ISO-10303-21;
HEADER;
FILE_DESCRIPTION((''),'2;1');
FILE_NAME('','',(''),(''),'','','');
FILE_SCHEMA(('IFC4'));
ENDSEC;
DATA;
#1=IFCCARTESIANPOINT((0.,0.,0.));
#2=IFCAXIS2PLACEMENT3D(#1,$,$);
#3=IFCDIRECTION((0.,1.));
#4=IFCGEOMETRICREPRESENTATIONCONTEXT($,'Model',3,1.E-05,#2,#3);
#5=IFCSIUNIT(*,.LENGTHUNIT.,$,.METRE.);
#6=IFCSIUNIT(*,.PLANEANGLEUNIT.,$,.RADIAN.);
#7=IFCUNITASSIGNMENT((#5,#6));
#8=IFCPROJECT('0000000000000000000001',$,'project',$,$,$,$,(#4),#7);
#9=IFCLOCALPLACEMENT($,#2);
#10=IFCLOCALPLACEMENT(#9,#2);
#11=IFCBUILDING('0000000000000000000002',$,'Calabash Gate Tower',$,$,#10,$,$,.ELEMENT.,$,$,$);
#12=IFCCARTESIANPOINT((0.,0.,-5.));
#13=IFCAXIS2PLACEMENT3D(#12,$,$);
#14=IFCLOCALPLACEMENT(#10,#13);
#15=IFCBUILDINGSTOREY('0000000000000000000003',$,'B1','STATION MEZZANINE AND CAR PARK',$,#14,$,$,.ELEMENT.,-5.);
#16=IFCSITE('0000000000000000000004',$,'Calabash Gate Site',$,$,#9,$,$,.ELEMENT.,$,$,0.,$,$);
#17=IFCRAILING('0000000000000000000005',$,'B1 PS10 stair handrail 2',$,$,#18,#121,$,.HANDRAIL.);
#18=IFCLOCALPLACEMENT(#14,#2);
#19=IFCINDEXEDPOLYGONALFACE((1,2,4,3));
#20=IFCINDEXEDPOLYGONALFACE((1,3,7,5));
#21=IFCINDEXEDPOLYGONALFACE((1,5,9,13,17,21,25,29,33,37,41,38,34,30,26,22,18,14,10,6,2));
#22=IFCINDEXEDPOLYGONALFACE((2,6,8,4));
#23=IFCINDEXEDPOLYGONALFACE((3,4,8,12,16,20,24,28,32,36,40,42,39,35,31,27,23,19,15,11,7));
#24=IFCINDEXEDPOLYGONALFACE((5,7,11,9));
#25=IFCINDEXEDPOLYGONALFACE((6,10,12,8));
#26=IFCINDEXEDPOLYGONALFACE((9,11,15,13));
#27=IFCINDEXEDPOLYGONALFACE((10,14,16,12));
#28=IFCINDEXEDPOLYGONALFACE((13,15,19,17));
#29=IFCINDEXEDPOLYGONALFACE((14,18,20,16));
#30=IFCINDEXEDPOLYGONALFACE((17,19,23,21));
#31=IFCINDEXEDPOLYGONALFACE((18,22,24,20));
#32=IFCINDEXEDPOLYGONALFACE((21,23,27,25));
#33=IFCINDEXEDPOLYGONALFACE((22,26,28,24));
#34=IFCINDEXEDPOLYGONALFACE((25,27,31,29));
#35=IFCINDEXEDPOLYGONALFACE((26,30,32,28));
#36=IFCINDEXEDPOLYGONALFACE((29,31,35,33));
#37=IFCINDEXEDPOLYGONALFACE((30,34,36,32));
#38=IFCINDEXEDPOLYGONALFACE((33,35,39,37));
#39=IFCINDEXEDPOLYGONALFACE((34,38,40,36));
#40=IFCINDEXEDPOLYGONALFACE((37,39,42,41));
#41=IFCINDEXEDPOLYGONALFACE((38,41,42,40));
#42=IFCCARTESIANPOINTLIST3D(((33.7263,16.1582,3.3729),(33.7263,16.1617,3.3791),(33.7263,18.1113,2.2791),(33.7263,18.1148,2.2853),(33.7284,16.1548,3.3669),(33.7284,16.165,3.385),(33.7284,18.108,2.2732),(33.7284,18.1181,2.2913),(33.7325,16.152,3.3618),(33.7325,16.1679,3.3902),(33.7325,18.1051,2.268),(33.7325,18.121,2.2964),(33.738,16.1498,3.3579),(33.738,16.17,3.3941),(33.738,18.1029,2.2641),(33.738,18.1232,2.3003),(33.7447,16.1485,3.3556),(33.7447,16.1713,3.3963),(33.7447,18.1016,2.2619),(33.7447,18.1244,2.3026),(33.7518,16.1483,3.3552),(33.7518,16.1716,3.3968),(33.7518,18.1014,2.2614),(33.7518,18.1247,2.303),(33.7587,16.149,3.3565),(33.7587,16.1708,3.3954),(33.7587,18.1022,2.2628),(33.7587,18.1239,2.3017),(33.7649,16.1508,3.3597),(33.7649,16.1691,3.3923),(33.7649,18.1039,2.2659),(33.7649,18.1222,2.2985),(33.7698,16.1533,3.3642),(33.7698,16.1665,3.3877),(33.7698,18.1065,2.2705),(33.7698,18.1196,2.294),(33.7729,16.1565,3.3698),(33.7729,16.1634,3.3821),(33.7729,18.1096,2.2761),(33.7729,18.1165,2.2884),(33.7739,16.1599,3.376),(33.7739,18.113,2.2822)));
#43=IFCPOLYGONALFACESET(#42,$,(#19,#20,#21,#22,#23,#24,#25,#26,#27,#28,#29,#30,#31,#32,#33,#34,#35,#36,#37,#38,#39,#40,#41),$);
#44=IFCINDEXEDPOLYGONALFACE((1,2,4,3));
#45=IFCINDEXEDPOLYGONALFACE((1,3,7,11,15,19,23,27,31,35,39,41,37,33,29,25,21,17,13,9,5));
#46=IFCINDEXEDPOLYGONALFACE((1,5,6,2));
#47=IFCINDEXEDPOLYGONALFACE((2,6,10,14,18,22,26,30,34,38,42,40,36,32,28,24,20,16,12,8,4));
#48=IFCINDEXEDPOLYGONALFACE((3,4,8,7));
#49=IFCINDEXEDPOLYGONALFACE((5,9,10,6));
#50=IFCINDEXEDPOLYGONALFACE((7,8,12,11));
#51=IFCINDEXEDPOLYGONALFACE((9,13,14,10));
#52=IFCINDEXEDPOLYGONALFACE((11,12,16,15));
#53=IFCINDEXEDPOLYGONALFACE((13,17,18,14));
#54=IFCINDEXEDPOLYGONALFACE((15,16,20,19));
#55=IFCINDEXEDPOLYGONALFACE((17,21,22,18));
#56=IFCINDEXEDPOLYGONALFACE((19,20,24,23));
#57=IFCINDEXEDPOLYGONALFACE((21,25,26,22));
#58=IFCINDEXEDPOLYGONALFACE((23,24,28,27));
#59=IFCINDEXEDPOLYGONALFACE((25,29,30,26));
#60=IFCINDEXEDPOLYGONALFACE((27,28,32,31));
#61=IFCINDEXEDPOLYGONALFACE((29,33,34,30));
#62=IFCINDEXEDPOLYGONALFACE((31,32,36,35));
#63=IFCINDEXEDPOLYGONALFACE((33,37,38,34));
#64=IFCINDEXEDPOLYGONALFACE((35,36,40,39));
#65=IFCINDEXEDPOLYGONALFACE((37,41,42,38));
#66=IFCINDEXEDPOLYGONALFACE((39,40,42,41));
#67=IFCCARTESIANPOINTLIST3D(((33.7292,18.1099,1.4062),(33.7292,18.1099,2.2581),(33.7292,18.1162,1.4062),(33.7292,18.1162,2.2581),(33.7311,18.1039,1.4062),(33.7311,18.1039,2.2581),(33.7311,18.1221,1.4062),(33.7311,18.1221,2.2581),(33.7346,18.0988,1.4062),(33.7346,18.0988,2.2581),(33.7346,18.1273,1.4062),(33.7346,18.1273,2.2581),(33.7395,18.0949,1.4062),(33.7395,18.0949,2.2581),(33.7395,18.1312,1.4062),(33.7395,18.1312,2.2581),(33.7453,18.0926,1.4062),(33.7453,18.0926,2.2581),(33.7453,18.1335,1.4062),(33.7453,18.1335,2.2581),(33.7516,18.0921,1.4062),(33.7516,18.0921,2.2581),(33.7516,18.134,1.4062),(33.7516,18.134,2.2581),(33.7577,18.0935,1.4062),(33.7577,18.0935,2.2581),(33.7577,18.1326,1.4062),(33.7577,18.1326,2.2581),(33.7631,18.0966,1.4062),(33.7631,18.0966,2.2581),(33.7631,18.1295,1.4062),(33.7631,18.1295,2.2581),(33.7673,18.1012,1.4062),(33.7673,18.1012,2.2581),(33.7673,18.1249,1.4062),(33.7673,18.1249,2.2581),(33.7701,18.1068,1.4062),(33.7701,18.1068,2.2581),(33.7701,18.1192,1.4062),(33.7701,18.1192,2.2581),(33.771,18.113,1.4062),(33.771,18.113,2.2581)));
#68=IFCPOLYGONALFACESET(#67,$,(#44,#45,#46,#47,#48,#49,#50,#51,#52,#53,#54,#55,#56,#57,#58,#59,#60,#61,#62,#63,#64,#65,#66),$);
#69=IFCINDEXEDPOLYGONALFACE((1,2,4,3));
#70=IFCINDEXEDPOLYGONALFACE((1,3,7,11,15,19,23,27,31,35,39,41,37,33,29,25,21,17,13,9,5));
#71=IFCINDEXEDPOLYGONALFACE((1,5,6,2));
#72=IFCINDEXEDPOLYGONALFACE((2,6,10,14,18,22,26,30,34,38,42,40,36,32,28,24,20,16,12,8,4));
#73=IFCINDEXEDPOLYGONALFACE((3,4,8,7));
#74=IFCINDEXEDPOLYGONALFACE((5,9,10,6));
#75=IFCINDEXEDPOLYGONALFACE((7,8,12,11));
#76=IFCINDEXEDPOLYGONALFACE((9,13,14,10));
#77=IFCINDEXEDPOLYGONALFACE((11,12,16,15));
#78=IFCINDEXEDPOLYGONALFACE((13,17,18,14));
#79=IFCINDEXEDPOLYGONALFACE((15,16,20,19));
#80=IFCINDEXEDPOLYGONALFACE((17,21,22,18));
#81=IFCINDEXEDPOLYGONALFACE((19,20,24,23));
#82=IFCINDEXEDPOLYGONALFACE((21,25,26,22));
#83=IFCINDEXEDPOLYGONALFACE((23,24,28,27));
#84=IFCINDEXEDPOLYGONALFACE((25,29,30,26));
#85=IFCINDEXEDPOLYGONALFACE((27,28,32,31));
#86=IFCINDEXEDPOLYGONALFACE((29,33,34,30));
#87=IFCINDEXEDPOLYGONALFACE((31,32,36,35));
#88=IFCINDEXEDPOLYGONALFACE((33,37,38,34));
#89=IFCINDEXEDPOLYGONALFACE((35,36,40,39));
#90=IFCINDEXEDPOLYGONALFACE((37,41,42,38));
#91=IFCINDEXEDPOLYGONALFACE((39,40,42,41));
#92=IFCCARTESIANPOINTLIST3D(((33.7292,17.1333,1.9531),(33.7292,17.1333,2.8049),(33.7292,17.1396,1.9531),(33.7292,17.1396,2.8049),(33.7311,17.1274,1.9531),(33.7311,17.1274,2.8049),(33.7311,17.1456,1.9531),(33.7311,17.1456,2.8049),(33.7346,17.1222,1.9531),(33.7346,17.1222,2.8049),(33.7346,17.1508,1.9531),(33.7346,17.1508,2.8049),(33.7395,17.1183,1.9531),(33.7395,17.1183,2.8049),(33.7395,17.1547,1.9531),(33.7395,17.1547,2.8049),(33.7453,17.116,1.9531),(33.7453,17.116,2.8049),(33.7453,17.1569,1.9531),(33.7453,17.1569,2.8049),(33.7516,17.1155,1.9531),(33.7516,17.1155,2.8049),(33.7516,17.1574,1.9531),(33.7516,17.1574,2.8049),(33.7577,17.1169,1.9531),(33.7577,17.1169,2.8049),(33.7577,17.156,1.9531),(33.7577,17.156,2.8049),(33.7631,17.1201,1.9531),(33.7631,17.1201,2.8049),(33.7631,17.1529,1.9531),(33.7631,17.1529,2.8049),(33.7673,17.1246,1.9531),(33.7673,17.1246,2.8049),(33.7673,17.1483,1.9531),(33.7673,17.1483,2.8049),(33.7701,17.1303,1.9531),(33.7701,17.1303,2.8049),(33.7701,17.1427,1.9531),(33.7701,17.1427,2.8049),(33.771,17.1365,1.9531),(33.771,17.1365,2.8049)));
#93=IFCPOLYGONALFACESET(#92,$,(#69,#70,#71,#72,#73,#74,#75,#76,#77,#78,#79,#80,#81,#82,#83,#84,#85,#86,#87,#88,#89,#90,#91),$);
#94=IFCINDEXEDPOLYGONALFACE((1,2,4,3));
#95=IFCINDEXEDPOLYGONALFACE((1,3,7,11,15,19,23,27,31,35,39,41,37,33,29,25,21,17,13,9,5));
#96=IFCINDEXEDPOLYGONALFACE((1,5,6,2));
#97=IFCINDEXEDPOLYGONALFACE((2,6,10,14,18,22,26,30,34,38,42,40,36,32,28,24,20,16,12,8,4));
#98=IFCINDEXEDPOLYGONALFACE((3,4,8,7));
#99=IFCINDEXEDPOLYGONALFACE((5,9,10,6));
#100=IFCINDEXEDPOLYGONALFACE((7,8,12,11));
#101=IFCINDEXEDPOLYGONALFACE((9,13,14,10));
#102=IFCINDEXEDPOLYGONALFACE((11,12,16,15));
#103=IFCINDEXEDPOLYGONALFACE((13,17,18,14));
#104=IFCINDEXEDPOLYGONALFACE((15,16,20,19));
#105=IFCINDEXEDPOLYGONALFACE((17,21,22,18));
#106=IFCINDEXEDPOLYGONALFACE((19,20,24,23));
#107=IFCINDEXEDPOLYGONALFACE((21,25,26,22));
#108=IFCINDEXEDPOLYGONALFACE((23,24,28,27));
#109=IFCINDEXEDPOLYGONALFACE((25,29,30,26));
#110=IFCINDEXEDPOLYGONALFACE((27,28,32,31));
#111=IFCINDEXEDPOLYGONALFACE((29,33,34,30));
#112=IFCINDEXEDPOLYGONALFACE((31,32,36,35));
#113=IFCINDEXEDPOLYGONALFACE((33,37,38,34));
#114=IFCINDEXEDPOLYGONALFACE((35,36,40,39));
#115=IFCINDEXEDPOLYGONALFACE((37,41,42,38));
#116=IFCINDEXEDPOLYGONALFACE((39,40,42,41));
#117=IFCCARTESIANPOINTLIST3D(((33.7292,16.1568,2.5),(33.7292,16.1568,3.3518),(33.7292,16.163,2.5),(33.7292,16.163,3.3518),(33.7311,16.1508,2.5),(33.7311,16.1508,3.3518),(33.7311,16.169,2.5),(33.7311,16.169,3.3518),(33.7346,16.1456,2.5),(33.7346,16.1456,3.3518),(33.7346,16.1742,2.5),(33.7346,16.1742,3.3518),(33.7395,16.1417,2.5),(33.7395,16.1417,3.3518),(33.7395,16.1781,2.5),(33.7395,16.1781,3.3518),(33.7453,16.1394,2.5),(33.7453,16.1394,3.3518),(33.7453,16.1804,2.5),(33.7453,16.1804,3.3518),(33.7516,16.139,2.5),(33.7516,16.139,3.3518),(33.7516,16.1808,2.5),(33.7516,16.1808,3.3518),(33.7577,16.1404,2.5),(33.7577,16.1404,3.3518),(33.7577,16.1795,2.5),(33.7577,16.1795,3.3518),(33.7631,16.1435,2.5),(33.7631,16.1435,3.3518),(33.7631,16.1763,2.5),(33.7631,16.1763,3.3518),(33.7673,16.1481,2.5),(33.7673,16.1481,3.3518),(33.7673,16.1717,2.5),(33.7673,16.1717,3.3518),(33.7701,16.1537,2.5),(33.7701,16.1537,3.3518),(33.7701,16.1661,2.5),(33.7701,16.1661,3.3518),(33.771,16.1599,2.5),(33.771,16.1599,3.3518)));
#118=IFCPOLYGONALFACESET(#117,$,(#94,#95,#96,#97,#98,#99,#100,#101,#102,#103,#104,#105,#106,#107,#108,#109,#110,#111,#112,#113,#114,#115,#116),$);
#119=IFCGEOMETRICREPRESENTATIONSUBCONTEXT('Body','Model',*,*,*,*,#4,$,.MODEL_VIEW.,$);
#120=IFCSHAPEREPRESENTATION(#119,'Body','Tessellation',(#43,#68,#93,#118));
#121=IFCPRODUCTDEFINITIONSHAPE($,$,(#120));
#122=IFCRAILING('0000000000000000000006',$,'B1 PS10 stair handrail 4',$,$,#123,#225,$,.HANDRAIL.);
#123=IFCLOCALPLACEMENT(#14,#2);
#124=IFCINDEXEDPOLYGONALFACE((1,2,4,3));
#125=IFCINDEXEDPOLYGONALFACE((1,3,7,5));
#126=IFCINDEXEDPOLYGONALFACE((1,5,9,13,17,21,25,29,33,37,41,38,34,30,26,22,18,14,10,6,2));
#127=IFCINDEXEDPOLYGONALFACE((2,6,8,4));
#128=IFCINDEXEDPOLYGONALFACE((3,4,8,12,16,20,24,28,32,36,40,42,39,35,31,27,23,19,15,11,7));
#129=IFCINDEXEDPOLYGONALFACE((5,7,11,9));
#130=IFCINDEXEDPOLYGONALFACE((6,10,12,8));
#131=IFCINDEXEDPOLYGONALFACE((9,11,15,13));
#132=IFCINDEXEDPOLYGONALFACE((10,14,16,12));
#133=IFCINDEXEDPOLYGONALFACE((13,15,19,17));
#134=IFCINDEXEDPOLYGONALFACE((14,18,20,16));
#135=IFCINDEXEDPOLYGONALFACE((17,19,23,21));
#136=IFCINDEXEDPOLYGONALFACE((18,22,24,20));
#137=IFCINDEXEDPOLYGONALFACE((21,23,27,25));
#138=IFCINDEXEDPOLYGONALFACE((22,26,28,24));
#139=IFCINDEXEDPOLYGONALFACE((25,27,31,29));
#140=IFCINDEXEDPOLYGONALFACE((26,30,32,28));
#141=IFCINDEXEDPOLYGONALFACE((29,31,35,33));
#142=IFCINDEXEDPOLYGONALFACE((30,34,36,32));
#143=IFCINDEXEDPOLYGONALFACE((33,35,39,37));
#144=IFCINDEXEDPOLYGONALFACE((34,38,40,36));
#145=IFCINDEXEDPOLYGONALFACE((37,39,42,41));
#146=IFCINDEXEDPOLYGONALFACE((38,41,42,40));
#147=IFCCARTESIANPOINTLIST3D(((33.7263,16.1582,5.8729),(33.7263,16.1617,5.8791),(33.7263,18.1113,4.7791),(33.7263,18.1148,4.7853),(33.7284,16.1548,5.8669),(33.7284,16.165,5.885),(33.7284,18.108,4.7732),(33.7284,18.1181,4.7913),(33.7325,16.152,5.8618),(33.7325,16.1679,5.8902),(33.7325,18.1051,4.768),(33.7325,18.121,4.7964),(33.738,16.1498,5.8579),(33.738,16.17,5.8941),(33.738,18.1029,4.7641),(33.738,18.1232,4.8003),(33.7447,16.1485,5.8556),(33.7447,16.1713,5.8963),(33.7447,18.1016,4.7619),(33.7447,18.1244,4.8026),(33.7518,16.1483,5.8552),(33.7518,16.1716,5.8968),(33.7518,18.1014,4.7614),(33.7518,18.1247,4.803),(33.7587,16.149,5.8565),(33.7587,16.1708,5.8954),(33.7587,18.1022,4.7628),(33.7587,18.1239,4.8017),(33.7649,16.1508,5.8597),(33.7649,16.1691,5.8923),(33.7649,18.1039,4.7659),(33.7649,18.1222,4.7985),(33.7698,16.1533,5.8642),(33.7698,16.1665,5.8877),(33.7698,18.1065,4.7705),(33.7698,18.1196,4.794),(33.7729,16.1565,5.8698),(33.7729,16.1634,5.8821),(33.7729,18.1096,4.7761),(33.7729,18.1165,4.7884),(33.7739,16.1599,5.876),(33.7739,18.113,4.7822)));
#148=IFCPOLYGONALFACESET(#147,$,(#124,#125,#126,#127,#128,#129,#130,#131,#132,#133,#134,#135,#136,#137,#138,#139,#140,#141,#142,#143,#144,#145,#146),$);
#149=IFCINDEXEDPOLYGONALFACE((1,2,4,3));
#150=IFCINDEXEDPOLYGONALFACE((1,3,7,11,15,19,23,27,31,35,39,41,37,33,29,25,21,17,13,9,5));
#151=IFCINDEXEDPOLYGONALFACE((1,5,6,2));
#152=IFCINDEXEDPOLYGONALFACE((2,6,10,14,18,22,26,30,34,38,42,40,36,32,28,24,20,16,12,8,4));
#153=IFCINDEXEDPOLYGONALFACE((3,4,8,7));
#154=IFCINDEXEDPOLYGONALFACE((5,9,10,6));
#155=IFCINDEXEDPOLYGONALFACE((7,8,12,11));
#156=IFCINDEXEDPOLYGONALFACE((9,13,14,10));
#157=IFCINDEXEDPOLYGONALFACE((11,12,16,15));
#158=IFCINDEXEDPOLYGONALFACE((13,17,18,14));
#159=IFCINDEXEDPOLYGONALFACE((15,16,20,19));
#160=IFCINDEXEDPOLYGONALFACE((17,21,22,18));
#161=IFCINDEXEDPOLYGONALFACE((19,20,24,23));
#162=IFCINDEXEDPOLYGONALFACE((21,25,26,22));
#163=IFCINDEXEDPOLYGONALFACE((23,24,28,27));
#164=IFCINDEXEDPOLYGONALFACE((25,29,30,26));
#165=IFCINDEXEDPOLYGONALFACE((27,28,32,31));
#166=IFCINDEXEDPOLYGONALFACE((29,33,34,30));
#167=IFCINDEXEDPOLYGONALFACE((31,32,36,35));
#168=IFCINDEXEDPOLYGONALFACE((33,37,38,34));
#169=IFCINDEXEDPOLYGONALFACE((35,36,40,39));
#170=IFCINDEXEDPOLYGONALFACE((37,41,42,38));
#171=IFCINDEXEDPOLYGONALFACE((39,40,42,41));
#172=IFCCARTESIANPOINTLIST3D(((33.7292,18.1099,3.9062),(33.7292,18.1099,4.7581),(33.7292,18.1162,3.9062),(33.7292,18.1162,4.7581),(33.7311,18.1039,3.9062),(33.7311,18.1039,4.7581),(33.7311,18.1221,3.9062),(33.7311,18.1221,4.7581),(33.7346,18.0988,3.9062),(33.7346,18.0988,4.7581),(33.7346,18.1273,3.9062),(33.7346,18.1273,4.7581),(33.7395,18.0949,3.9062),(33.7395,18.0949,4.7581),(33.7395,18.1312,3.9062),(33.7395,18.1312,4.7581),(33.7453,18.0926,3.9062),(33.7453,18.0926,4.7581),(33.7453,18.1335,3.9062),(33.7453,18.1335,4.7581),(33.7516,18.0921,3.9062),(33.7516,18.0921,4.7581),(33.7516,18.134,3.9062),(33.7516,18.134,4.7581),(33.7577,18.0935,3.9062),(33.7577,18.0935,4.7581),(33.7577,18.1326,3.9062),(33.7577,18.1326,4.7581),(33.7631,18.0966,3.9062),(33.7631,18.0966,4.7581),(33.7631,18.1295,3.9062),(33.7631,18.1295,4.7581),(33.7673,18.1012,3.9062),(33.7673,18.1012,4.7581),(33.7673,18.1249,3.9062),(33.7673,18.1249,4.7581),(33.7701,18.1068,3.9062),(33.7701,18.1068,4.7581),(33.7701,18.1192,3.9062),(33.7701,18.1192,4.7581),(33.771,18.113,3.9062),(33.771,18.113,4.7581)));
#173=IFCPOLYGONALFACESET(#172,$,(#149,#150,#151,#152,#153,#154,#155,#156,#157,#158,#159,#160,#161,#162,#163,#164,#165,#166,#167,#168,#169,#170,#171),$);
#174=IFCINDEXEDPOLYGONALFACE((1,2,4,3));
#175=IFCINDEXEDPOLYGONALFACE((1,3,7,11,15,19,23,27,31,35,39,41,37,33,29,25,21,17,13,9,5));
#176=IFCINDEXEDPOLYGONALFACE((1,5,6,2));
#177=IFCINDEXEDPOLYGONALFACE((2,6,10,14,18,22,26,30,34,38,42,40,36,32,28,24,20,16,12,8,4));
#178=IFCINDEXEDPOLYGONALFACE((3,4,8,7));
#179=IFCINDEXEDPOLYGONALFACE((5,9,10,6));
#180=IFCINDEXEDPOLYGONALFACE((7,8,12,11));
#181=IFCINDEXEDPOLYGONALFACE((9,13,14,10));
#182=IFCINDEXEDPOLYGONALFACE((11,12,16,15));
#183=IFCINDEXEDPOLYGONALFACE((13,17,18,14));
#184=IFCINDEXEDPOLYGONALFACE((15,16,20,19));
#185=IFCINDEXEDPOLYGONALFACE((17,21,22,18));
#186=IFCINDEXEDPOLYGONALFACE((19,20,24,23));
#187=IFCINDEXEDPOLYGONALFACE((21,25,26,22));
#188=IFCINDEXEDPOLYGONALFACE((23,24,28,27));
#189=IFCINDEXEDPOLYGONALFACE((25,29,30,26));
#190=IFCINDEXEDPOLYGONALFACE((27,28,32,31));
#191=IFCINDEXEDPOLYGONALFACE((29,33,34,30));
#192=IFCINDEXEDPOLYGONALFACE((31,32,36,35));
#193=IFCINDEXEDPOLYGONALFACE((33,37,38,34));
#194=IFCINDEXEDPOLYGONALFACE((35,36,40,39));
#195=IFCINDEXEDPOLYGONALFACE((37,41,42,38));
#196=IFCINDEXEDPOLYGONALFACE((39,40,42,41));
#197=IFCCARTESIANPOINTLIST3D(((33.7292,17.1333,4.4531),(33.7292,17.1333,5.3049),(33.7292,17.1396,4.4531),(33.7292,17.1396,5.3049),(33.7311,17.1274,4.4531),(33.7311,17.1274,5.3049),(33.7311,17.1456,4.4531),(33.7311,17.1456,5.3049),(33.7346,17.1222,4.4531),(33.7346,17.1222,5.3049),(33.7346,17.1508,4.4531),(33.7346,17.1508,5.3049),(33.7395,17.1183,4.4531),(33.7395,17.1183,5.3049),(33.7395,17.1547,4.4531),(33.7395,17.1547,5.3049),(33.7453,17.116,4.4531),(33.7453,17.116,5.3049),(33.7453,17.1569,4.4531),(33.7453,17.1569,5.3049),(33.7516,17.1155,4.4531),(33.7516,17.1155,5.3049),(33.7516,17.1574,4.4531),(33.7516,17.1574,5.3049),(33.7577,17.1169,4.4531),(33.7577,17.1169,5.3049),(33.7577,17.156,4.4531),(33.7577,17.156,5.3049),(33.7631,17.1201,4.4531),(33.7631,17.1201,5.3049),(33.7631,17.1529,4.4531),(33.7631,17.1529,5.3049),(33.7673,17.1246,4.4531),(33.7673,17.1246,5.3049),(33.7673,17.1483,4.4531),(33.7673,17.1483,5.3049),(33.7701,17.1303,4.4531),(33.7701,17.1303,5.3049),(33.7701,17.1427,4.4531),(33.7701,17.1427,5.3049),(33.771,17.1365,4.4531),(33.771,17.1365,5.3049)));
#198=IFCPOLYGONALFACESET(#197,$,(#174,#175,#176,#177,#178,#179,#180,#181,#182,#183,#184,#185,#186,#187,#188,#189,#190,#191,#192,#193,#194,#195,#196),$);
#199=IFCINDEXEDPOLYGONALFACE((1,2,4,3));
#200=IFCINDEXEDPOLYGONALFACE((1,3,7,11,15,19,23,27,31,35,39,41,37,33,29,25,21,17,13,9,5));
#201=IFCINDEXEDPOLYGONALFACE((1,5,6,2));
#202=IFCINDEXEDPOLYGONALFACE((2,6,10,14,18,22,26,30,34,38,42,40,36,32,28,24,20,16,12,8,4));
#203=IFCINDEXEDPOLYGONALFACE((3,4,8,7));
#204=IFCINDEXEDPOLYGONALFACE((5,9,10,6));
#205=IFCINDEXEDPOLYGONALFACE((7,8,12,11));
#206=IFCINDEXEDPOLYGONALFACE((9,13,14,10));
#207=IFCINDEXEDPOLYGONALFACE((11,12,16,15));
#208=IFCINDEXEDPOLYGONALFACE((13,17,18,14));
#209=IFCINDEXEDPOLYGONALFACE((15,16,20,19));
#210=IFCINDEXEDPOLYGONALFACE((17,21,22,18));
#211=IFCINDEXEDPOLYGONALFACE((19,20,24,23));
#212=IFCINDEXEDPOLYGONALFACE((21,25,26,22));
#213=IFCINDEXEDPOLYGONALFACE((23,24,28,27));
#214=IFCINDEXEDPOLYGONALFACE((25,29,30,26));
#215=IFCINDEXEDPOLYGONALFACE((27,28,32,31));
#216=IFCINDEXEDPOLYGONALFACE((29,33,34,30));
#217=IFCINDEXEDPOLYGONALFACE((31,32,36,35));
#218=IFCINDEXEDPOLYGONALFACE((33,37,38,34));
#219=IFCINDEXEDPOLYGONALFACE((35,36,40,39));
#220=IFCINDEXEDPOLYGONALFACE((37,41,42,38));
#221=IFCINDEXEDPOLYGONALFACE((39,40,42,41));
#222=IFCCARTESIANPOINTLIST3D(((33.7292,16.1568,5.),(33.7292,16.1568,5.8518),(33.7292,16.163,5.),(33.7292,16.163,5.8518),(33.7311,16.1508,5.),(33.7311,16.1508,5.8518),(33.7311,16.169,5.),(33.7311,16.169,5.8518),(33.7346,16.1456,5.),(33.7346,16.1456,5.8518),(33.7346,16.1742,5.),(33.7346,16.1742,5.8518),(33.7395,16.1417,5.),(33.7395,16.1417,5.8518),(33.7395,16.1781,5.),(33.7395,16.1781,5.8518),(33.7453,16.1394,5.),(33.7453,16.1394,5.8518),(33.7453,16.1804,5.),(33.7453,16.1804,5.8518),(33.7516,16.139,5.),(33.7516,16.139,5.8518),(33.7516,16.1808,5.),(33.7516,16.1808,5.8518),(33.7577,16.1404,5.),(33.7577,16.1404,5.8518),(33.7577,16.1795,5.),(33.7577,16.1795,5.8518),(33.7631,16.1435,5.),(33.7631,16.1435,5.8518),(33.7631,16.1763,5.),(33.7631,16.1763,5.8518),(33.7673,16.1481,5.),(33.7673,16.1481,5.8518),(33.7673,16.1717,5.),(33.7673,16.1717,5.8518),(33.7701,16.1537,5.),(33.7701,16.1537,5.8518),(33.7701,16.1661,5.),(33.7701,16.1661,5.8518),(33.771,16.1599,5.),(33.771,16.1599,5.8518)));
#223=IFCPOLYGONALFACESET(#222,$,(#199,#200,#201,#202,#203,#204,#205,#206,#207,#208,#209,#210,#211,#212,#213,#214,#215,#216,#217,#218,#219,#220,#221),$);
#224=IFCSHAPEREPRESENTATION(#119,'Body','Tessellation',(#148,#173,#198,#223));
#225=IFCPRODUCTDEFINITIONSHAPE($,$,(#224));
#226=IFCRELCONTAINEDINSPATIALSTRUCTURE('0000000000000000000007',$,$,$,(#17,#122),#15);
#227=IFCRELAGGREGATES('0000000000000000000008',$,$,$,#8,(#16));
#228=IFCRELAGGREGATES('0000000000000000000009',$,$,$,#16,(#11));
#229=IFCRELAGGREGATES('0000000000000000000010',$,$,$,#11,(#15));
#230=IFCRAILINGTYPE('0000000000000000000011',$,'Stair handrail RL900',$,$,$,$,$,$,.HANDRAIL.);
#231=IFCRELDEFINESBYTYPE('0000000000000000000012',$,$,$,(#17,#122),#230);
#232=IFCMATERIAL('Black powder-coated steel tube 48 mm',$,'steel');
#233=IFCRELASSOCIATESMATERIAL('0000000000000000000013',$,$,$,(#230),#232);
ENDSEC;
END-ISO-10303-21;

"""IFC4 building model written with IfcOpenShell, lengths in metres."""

from ifc_helpers import new_model, si_unit, direction, frame, origin, origin_2d, place, context, subcontext, project, spatial, circle, extrude, material, type_object, element, save


model = new_model("IFC4")

# Units and contexts
model_context = context("Model", 3, precision=1e-05, world=origin(), true_north=direction((0.0, 1.0)))
body_context = subcontext(model_context, "Body", "Model", "MODEL_VIEW")
ifc_project = project(units=[si_unit("LENGTHUNIT", "METRE"), si_unit("PLANEANGLEUNIT", "RADIAN")], contexts=[model_context])

# Site, building, storey
site_placement = place(None, origin())
site = spatial("IfcSite", under=ifc_project, at=site_placement, Name="Calabash Gate Site", CompositionType="ELEMENT", RefElevation=0.0)
building_placement = place(site_placement, origin())
building = spatial("IfcBuilding", under=site, at=building_placement, Name="Calabash Gate Tower", CompositionType="ELEMENT")
storey_placement = place(building_placement, frame((0.0, 0.0, -5.0)))
storey = spatial("IfcBuildingStorey", under=building, at=storey_placement, Name="B1", Description="STATION MEZZANINE AND CAR PARK", CompositionType="ELEMENT", Elevation=-5.0)

# Railings
ifc_material_1 = material(Name="Black powder-coated steel tube 48 mm", Category="steel")
railing_type_1 = type_object("IfcRailingType", Name="Stair handrail RL900", PredefinedType="HANDRAIL", material=ifc_material_1)
for number, where, name in (
    (1, (33.75, 18.113, 1.4062), "B1 PS10 stair handrail 2"),
    (2, (33.75, 18.113, 3.9062), "B1 PS10 stair handrail 4"),
):
    element("IfcRailing", number, at=place(storey_placement, frame(where)), inside=storey, type_object=railing_type_1, Name=name, PredefinedType="HANDRAIL", context=body_context, shape_type="SweptSolid", body=[
        extrude(circle(Radius=0.0239, at=origin_2d()), frame((0.0, 0.0, 0.876), z_axis=(0.0, -0.872506, 0.488603), x_axis=(1.0, 0.0, 0.0)), (0.0, 0.0, 1.0), 2.2385),
        extrude(circle(Radius=0.021, at=origin_2d()), origin(), (0.0, 0.0, 1.0), 0.8518),
        extrude(circle(Radius=0.021, at=origin_2d()), frame((0.0, -0.9766, 0.5469)), (0.0, 0.0, 1.0), 0.8518),
        extrude(circle(Radius=0.021, at=origin_2d()), frame((0.0, -1.9531, 1.0938)), (0.0, 0.0, 1.0), 0.8518),
    ])

save(model, "model.ifc")
